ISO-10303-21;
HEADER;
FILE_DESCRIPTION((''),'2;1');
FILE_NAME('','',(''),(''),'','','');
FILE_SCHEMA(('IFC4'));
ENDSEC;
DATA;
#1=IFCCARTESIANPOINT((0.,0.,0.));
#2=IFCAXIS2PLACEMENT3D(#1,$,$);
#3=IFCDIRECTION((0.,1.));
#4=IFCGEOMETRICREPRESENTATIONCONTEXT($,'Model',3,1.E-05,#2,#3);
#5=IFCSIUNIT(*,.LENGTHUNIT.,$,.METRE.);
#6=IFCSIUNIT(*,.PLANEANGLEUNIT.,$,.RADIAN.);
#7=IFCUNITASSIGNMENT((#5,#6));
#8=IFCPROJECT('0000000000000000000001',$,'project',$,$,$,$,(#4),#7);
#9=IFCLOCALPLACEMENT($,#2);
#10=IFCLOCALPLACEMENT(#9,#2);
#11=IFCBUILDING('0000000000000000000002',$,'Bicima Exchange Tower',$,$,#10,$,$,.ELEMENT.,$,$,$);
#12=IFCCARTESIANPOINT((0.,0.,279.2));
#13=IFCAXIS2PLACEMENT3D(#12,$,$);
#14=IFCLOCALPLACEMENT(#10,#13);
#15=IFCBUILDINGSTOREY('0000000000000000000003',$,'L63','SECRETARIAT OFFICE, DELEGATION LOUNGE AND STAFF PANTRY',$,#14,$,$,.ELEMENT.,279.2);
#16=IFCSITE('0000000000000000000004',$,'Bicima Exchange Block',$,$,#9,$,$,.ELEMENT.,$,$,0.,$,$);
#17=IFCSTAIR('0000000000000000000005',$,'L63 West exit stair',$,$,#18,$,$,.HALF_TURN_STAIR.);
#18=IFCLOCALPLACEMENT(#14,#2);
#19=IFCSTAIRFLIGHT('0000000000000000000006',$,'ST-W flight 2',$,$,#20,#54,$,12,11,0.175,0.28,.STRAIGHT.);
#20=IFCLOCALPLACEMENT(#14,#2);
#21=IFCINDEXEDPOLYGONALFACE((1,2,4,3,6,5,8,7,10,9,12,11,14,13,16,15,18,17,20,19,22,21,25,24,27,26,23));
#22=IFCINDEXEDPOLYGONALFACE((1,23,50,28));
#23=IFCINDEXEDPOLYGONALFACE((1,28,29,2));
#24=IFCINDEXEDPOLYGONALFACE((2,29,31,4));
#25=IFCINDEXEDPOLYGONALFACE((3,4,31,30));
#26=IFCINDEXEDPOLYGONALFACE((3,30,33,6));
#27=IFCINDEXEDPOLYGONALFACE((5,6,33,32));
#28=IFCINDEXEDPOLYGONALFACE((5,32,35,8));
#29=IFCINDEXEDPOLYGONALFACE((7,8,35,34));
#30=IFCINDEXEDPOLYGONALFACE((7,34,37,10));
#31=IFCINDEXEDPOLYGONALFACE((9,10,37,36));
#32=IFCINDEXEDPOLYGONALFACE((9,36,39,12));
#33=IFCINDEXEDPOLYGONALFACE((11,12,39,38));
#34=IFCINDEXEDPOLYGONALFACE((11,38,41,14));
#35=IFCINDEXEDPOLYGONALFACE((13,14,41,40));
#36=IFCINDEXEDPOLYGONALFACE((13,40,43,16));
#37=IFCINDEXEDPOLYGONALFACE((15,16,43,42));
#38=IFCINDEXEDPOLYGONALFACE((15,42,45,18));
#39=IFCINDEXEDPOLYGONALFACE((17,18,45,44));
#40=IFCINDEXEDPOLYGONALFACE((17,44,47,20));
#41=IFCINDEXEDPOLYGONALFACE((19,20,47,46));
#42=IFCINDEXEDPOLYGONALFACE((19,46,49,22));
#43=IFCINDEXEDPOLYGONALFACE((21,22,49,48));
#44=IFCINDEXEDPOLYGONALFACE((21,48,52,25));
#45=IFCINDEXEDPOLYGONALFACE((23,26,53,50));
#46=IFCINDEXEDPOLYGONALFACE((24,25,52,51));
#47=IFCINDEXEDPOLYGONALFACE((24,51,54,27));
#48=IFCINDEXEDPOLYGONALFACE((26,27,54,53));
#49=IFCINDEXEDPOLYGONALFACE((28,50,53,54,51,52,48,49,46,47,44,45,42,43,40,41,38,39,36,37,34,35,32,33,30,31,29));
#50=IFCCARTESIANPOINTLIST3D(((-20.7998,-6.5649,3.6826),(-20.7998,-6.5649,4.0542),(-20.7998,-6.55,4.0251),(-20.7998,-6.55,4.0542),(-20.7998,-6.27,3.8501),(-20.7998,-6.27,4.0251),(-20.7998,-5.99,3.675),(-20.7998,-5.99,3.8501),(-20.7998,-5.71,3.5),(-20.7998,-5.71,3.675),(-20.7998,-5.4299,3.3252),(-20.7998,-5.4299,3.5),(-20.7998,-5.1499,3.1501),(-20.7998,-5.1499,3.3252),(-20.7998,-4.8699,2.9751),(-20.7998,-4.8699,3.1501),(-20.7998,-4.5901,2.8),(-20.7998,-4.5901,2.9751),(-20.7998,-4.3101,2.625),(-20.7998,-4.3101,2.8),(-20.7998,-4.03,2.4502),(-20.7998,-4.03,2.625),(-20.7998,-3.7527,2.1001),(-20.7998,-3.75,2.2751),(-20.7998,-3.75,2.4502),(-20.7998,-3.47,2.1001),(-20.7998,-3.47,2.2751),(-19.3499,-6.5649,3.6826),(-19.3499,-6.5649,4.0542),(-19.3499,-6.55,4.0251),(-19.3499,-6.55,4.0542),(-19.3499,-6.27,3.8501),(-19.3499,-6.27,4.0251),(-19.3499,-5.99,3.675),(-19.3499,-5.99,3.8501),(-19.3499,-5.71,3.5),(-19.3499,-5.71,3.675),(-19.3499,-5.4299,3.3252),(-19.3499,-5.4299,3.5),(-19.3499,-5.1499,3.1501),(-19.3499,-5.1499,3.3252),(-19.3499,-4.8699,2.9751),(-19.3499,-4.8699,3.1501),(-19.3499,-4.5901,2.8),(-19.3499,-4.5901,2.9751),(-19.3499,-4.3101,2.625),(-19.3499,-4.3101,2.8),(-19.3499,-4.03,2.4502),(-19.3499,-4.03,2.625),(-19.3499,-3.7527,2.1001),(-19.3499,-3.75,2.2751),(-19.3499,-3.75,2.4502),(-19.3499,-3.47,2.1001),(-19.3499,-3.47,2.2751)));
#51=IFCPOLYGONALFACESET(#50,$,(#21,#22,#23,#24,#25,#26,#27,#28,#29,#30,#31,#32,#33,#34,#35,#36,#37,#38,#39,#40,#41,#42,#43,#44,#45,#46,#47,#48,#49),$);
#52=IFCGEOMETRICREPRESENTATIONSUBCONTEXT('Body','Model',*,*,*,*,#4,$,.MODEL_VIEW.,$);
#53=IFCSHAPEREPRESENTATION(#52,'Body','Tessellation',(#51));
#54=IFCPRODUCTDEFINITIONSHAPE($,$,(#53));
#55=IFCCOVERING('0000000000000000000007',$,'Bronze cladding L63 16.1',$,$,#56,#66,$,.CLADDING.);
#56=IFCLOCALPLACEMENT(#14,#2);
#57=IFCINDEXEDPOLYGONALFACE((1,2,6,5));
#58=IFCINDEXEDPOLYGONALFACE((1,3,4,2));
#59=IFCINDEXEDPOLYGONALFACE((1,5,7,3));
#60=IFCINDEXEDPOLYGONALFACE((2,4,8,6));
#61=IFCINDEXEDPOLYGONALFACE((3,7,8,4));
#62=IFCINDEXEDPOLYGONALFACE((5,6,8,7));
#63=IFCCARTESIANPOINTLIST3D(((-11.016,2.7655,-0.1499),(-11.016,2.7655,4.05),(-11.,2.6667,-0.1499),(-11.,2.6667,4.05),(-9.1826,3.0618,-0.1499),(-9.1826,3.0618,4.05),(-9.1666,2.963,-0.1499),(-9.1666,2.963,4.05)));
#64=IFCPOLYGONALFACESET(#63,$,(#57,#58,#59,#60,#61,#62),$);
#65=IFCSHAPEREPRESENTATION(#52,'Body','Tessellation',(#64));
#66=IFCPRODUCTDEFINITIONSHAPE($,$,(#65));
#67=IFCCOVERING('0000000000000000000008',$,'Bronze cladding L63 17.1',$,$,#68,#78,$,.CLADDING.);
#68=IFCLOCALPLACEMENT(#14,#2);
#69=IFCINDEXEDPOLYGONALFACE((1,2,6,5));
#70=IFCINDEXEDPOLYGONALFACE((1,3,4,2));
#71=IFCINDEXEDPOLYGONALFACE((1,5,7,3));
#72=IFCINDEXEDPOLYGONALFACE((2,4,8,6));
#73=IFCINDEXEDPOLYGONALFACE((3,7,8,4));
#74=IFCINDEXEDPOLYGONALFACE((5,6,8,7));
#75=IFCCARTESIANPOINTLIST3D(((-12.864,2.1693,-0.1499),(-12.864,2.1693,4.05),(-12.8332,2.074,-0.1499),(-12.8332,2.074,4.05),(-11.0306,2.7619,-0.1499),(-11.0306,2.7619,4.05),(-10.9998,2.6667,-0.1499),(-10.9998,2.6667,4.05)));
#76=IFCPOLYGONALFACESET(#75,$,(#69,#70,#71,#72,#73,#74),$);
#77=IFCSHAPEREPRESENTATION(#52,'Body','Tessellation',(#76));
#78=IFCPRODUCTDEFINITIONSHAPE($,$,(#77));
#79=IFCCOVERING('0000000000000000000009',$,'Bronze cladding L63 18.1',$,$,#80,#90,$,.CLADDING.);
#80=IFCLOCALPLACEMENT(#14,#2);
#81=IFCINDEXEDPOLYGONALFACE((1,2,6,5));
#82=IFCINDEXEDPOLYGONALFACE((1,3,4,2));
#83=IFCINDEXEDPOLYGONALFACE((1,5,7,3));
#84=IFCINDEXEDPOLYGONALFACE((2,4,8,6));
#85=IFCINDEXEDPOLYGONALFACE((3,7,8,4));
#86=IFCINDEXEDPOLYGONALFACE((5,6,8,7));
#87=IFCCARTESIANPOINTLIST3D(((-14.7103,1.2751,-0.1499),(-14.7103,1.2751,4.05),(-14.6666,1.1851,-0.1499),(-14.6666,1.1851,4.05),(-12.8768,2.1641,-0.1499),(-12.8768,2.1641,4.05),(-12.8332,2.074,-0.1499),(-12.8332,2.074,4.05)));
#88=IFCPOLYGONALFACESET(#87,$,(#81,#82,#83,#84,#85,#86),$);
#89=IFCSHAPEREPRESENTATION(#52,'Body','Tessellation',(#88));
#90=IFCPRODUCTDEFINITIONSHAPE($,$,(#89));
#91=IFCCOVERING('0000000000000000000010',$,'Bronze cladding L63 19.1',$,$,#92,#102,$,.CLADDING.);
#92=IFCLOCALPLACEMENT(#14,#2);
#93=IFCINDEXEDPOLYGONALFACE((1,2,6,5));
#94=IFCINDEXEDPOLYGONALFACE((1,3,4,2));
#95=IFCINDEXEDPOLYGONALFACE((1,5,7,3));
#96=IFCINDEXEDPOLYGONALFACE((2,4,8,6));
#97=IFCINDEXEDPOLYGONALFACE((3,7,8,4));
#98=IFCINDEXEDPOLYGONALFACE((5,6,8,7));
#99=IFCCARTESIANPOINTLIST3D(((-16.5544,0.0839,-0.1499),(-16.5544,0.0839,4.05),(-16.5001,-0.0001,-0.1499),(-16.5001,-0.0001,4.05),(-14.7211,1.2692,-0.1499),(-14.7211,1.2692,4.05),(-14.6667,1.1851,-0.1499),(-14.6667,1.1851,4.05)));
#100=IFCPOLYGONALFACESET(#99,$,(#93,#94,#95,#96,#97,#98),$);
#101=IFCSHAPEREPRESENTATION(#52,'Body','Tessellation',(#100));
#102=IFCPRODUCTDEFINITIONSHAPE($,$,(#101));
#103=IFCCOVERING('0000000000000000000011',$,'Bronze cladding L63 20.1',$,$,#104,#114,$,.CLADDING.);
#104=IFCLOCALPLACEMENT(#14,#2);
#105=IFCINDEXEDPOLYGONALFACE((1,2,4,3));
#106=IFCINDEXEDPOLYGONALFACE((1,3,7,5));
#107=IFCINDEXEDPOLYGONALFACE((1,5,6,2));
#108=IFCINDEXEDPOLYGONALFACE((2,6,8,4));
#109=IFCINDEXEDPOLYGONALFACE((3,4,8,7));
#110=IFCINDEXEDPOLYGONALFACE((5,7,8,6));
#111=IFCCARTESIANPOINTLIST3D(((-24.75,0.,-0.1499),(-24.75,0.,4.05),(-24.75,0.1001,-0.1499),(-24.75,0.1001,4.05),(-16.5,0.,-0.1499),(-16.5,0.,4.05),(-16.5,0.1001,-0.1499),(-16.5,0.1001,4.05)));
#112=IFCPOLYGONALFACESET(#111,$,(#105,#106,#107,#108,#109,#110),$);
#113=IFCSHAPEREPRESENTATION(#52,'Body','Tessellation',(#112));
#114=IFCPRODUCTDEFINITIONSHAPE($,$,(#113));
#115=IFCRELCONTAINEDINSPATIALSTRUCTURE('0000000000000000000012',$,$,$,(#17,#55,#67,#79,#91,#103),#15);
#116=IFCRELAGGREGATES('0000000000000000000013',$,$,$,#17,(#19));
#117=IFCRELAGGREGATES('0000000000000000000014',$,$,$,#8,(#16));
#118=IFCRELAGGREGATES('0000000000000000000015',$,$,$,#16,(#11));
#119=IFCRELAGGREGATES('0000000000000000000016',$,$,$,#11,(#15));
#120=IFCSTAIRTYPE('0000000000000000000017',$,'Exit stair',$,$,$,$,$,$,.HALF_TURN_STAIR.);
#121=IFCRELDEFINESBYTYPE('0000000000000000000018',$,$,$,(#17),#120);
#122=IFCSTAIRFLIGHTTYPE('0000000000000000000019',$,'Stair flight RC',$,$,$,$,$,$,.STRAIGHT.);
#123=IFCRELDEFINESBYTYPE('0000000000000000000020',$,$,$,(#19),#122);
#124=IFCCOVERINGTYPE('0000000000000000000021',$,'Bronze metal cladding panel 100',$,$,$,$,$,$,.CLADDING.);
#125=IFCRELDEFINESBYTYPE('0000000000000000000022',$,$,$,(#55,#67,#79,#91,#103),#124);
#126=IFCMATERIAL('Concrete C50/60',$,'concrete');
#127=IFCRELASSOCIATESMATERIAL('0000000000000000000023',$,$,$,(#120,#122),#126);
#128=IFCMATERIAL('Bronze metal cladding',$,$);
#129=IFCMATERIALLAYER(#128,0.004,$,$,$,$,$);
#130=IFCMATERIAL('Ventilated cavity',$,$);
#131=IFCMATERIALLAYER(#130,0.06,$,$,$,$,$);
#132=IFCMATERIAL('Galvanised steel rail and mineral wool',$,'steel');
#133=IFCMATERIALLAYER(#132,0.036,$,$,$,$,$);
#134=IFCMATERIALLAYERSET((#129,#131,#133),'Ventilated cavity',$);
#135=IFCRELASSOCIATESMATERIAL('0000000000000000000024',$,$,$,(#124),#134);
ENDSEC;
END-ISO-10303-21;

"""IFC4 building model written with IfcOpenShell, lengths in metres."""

from ifc_helpers import new_model, si_unit, direction, frame, origin, origin_2d, place, context, subcontext, project, spatial, polyline, rectangle, outline, extrude, material, layer, layer_set, type_object, element, aggregate, save


model = new_model("IFC4")

# Units and contexts
model_context = context("Model", 3, precision=1e-05, world=origin(), true_north=direction((0.0, 1.0)))
body_context = subcontext(model_context, "Body", "Model", "MODEL_VIEW")
ifc_project = project(units=[si_unit("LENGTHUNIT", "METRE"), si_unit("PLANEANGLEUNIT", "RADIAN")], contexts=[model_context])

# Site, building, storey
site_placement = place(None, origin())
site = spatial("IfcSite", under=ifc_project, at=site_placement, Name="Bicima Exchange Block", CompositionType="ELEMENT", RefElevation=0.0)
building_placement = place(site_placement, origin())
building = spatial("IfcBuilding", under=site, at=building_placement, Name="Bicima Exchange Tower", CompositionType="ELEMENT")
storey_placement = place(building_placement, frame((0.0, 0.0, 279.2)))
storey = spatial("IfcBuildingStorey", under=building, at=storey_placement, Name="L63", Description="SECRETARIAT OFFICE, DELEGATION LOUNGE AND STAFF PANTRY", CompositionType="ELEMENT", Elevation=279.2)

# Shared definitions
ifc_material_1 = material(Name="Concrete C50/60", Category="concrete")

# Stair, stair flight
stair_type = type_object("IfcStairType", Name="Exit stair", PredefinedType="HALF_TURN_STAIR", material=ifc_material_1)
stair_placement = place(storey_placement, origin())
stair = element("IfcStair", 1, at=stair_placement, inside=storey, type_object=stair_type, Name="L63 West exit stair", PredefinedType="HALF_TURN_STAIR")
stair_flight_type = type_object("IfcStairFlightType", Name="Stair flight RC", PredefinedType="STRAIGHT", material=ifc_material_1)
stair_flight_1_placement = place(storey_placement, frame((-20.075, -3.47, 2.1001), z_axis=(0.0, 0.0, 1.0), x_axis=(0.0, -1.0, 0.0)))
stair_flight_1 = element("IfcStairFlight", 2, at=stair_flight_1_placement, type_object=stair_flight_type, Name="ST-W flight 2", NumberOfRisers=12, NumberOfTreads=11, PredefinedType="STRAIGHT", RiserHeight=0.175, TreadLength=0.28, context=body_context, shape_type="SweptSolid", body=[
    extrude(outline(polyline([(0.0, 0.0), (0.0, 0.175), (0.28, 0.175), (0.28, 0.3501), (0.5601, 0.3501), (0.5601, 0.5249), (0.8401, 0.5249), (0.8401, 0.7), (1.1201, 0.7), (1.1201, 0.875), (1.3999, 0.875), (1.3999, 1.05), (1.6799, 1.05), (1.6799, 1.2251), (1.96, 1.2251), (1.96, 1.3999), (2.24, 1.3999), (2.24, 1.575), (2.52, 1.575), (2.52, 1.75), (2.8, 1.75), (2.8, 1.925), (3.0801, 1.925), (3.0801, 1.9541), (3.095, 1.9541), (3.095, 1.5825), (0.2827, 0.0), (0.0, 0.0)])), frame((0.0, 0.7251, 0.0), z_axis=(0.0, -1.0, 0.0), x_axis=(1.0, 0.0, 0.0)), (0.0, 0.0, 1.0), 1.45),
])
aggregate(stair, [stair_flight_1])

# Coverings
ifc_material_2 = material(Name="Bronze metal cladding")
ifc_layer_1 = layer(ifc_material_2, 0.004)
ifc_material_3 = material(Name="Ventilated cavity")
ifc_layer_2 = layer(ifc_material_3, 0.06)
ifc_material_4 = material(Name="Galvanised steel rail and mineral wool", Category="steel")
ifc_layer_3 = layer(ifc_material_4, 0.036)
ifc_layer_set_1 = layer_set([ifc_layer_1, ifc_layer_2, ifc_layer_3], Name="Ventilated cavity")
covering_type = type_object("IfcCoveringType", Name="Bronze metal cladding panel 100", PredefinedType="CLADDING", material=ifc_layer_set_1)
covering_1_placement = place(storey_placement, frame((-10.0913, 2.8643, -0.1499), z_axis=(0.0, 0.0, 1.0), x_axis=(-0.98719, -0.15955, 0.0)))
element("IfcCovering", 3, at=covering_1_placement, inside=storey, type_object=covering_type, Name="Bronze cladding L63 16.1", PredefinedType="CLADDING", context=body_context, shape_type="SweptSolid", body=[
    extrude(rectangle(XDim=1.8572, YDim=0.1001, at=origin_2d()), origin(), (0.0, 0.0, 1.0), 4.2),
])
covering_2_placement = place(storey_placement, frame((-11.9319, 2.418, -0.1499), z_axis=(0.0, 0.0, 1.0), x_axis=(-0.951525, -0.307573, 0.0)))
element("IfcCovering", 4, at=covering_2_placement, inside=storey, type_object=covering_type, Name="Bronze cladding L63 17.1", PredefinedType="CLADDING", context=body_context, shape_type="SweptSolid", body=[
    extrude(rectangle(XDim=1.9268, YDim=0.1001, at=origin_2d()), origin(), (0.0, 0.0, 1.0), 4.2),
])
covering_3_placement = place(storey_placement, frame((-13.7717, 1.6746, -0.1499), z_axis=(0.0, 0.0, 1.0), x_axis=(-0.899818, -0.436265, 0.0)))
element("IfcCovering", 5, at=covering_3_placement, inside=storey, type_object=covering_type, Name="Bronze cladding L63 18.1", PredefinedType="CLADDING", context=body_context, shape_type="SweptSolid", body=[
    extrude(rectangle(XDim=2.0376, YDim=0.1001, at=origin_2d()), origin(), (0.0, 0.0, 1.0), 4.2),
])
covering_4_placement = place(storey_placement, frame((-15.6106, 0.6345, -0.1499), z_axis=(0.0, 0.0, 1.0), x_axis=(-0.83979, -0.542911, 0.0)))
element("IfcCovering", 6, at=covering_4_placement, inside=storey, type_object=covering_type, Name="Bronze cladding L63 19.1", PredefinedType="CLADDING", context=body_context, shape_type="SweptSolid", body=[
    extrude(rectangle(XDim=2.1831, YDim=0.1001, at=origin_2d()), origin(), (0.0, 0.0, 1.0), 4.2),
])
covering_5_placement = place(storey_placement, frame((-20.625, 0.05, -0.1499), z_axis=(0.0, 0.0, 1.0), x_axis=(-1.0, 0.0, 0.0)))
element("IfcCovering", 7, at=covering_5_placement, inside=storey, type_object=covering_type, Name="Bronze cladding L63 20.1", PredefinedType="CLADDING", context=body_context, shape_type="SweptSolid", body=[
    extrude(rectangle(XDim=8.25, YDim=0.1001, at=origin_2d()), origin(), (0.0, 0.0, 1.0), 4.2),
])

save(model, "model.ifc")
